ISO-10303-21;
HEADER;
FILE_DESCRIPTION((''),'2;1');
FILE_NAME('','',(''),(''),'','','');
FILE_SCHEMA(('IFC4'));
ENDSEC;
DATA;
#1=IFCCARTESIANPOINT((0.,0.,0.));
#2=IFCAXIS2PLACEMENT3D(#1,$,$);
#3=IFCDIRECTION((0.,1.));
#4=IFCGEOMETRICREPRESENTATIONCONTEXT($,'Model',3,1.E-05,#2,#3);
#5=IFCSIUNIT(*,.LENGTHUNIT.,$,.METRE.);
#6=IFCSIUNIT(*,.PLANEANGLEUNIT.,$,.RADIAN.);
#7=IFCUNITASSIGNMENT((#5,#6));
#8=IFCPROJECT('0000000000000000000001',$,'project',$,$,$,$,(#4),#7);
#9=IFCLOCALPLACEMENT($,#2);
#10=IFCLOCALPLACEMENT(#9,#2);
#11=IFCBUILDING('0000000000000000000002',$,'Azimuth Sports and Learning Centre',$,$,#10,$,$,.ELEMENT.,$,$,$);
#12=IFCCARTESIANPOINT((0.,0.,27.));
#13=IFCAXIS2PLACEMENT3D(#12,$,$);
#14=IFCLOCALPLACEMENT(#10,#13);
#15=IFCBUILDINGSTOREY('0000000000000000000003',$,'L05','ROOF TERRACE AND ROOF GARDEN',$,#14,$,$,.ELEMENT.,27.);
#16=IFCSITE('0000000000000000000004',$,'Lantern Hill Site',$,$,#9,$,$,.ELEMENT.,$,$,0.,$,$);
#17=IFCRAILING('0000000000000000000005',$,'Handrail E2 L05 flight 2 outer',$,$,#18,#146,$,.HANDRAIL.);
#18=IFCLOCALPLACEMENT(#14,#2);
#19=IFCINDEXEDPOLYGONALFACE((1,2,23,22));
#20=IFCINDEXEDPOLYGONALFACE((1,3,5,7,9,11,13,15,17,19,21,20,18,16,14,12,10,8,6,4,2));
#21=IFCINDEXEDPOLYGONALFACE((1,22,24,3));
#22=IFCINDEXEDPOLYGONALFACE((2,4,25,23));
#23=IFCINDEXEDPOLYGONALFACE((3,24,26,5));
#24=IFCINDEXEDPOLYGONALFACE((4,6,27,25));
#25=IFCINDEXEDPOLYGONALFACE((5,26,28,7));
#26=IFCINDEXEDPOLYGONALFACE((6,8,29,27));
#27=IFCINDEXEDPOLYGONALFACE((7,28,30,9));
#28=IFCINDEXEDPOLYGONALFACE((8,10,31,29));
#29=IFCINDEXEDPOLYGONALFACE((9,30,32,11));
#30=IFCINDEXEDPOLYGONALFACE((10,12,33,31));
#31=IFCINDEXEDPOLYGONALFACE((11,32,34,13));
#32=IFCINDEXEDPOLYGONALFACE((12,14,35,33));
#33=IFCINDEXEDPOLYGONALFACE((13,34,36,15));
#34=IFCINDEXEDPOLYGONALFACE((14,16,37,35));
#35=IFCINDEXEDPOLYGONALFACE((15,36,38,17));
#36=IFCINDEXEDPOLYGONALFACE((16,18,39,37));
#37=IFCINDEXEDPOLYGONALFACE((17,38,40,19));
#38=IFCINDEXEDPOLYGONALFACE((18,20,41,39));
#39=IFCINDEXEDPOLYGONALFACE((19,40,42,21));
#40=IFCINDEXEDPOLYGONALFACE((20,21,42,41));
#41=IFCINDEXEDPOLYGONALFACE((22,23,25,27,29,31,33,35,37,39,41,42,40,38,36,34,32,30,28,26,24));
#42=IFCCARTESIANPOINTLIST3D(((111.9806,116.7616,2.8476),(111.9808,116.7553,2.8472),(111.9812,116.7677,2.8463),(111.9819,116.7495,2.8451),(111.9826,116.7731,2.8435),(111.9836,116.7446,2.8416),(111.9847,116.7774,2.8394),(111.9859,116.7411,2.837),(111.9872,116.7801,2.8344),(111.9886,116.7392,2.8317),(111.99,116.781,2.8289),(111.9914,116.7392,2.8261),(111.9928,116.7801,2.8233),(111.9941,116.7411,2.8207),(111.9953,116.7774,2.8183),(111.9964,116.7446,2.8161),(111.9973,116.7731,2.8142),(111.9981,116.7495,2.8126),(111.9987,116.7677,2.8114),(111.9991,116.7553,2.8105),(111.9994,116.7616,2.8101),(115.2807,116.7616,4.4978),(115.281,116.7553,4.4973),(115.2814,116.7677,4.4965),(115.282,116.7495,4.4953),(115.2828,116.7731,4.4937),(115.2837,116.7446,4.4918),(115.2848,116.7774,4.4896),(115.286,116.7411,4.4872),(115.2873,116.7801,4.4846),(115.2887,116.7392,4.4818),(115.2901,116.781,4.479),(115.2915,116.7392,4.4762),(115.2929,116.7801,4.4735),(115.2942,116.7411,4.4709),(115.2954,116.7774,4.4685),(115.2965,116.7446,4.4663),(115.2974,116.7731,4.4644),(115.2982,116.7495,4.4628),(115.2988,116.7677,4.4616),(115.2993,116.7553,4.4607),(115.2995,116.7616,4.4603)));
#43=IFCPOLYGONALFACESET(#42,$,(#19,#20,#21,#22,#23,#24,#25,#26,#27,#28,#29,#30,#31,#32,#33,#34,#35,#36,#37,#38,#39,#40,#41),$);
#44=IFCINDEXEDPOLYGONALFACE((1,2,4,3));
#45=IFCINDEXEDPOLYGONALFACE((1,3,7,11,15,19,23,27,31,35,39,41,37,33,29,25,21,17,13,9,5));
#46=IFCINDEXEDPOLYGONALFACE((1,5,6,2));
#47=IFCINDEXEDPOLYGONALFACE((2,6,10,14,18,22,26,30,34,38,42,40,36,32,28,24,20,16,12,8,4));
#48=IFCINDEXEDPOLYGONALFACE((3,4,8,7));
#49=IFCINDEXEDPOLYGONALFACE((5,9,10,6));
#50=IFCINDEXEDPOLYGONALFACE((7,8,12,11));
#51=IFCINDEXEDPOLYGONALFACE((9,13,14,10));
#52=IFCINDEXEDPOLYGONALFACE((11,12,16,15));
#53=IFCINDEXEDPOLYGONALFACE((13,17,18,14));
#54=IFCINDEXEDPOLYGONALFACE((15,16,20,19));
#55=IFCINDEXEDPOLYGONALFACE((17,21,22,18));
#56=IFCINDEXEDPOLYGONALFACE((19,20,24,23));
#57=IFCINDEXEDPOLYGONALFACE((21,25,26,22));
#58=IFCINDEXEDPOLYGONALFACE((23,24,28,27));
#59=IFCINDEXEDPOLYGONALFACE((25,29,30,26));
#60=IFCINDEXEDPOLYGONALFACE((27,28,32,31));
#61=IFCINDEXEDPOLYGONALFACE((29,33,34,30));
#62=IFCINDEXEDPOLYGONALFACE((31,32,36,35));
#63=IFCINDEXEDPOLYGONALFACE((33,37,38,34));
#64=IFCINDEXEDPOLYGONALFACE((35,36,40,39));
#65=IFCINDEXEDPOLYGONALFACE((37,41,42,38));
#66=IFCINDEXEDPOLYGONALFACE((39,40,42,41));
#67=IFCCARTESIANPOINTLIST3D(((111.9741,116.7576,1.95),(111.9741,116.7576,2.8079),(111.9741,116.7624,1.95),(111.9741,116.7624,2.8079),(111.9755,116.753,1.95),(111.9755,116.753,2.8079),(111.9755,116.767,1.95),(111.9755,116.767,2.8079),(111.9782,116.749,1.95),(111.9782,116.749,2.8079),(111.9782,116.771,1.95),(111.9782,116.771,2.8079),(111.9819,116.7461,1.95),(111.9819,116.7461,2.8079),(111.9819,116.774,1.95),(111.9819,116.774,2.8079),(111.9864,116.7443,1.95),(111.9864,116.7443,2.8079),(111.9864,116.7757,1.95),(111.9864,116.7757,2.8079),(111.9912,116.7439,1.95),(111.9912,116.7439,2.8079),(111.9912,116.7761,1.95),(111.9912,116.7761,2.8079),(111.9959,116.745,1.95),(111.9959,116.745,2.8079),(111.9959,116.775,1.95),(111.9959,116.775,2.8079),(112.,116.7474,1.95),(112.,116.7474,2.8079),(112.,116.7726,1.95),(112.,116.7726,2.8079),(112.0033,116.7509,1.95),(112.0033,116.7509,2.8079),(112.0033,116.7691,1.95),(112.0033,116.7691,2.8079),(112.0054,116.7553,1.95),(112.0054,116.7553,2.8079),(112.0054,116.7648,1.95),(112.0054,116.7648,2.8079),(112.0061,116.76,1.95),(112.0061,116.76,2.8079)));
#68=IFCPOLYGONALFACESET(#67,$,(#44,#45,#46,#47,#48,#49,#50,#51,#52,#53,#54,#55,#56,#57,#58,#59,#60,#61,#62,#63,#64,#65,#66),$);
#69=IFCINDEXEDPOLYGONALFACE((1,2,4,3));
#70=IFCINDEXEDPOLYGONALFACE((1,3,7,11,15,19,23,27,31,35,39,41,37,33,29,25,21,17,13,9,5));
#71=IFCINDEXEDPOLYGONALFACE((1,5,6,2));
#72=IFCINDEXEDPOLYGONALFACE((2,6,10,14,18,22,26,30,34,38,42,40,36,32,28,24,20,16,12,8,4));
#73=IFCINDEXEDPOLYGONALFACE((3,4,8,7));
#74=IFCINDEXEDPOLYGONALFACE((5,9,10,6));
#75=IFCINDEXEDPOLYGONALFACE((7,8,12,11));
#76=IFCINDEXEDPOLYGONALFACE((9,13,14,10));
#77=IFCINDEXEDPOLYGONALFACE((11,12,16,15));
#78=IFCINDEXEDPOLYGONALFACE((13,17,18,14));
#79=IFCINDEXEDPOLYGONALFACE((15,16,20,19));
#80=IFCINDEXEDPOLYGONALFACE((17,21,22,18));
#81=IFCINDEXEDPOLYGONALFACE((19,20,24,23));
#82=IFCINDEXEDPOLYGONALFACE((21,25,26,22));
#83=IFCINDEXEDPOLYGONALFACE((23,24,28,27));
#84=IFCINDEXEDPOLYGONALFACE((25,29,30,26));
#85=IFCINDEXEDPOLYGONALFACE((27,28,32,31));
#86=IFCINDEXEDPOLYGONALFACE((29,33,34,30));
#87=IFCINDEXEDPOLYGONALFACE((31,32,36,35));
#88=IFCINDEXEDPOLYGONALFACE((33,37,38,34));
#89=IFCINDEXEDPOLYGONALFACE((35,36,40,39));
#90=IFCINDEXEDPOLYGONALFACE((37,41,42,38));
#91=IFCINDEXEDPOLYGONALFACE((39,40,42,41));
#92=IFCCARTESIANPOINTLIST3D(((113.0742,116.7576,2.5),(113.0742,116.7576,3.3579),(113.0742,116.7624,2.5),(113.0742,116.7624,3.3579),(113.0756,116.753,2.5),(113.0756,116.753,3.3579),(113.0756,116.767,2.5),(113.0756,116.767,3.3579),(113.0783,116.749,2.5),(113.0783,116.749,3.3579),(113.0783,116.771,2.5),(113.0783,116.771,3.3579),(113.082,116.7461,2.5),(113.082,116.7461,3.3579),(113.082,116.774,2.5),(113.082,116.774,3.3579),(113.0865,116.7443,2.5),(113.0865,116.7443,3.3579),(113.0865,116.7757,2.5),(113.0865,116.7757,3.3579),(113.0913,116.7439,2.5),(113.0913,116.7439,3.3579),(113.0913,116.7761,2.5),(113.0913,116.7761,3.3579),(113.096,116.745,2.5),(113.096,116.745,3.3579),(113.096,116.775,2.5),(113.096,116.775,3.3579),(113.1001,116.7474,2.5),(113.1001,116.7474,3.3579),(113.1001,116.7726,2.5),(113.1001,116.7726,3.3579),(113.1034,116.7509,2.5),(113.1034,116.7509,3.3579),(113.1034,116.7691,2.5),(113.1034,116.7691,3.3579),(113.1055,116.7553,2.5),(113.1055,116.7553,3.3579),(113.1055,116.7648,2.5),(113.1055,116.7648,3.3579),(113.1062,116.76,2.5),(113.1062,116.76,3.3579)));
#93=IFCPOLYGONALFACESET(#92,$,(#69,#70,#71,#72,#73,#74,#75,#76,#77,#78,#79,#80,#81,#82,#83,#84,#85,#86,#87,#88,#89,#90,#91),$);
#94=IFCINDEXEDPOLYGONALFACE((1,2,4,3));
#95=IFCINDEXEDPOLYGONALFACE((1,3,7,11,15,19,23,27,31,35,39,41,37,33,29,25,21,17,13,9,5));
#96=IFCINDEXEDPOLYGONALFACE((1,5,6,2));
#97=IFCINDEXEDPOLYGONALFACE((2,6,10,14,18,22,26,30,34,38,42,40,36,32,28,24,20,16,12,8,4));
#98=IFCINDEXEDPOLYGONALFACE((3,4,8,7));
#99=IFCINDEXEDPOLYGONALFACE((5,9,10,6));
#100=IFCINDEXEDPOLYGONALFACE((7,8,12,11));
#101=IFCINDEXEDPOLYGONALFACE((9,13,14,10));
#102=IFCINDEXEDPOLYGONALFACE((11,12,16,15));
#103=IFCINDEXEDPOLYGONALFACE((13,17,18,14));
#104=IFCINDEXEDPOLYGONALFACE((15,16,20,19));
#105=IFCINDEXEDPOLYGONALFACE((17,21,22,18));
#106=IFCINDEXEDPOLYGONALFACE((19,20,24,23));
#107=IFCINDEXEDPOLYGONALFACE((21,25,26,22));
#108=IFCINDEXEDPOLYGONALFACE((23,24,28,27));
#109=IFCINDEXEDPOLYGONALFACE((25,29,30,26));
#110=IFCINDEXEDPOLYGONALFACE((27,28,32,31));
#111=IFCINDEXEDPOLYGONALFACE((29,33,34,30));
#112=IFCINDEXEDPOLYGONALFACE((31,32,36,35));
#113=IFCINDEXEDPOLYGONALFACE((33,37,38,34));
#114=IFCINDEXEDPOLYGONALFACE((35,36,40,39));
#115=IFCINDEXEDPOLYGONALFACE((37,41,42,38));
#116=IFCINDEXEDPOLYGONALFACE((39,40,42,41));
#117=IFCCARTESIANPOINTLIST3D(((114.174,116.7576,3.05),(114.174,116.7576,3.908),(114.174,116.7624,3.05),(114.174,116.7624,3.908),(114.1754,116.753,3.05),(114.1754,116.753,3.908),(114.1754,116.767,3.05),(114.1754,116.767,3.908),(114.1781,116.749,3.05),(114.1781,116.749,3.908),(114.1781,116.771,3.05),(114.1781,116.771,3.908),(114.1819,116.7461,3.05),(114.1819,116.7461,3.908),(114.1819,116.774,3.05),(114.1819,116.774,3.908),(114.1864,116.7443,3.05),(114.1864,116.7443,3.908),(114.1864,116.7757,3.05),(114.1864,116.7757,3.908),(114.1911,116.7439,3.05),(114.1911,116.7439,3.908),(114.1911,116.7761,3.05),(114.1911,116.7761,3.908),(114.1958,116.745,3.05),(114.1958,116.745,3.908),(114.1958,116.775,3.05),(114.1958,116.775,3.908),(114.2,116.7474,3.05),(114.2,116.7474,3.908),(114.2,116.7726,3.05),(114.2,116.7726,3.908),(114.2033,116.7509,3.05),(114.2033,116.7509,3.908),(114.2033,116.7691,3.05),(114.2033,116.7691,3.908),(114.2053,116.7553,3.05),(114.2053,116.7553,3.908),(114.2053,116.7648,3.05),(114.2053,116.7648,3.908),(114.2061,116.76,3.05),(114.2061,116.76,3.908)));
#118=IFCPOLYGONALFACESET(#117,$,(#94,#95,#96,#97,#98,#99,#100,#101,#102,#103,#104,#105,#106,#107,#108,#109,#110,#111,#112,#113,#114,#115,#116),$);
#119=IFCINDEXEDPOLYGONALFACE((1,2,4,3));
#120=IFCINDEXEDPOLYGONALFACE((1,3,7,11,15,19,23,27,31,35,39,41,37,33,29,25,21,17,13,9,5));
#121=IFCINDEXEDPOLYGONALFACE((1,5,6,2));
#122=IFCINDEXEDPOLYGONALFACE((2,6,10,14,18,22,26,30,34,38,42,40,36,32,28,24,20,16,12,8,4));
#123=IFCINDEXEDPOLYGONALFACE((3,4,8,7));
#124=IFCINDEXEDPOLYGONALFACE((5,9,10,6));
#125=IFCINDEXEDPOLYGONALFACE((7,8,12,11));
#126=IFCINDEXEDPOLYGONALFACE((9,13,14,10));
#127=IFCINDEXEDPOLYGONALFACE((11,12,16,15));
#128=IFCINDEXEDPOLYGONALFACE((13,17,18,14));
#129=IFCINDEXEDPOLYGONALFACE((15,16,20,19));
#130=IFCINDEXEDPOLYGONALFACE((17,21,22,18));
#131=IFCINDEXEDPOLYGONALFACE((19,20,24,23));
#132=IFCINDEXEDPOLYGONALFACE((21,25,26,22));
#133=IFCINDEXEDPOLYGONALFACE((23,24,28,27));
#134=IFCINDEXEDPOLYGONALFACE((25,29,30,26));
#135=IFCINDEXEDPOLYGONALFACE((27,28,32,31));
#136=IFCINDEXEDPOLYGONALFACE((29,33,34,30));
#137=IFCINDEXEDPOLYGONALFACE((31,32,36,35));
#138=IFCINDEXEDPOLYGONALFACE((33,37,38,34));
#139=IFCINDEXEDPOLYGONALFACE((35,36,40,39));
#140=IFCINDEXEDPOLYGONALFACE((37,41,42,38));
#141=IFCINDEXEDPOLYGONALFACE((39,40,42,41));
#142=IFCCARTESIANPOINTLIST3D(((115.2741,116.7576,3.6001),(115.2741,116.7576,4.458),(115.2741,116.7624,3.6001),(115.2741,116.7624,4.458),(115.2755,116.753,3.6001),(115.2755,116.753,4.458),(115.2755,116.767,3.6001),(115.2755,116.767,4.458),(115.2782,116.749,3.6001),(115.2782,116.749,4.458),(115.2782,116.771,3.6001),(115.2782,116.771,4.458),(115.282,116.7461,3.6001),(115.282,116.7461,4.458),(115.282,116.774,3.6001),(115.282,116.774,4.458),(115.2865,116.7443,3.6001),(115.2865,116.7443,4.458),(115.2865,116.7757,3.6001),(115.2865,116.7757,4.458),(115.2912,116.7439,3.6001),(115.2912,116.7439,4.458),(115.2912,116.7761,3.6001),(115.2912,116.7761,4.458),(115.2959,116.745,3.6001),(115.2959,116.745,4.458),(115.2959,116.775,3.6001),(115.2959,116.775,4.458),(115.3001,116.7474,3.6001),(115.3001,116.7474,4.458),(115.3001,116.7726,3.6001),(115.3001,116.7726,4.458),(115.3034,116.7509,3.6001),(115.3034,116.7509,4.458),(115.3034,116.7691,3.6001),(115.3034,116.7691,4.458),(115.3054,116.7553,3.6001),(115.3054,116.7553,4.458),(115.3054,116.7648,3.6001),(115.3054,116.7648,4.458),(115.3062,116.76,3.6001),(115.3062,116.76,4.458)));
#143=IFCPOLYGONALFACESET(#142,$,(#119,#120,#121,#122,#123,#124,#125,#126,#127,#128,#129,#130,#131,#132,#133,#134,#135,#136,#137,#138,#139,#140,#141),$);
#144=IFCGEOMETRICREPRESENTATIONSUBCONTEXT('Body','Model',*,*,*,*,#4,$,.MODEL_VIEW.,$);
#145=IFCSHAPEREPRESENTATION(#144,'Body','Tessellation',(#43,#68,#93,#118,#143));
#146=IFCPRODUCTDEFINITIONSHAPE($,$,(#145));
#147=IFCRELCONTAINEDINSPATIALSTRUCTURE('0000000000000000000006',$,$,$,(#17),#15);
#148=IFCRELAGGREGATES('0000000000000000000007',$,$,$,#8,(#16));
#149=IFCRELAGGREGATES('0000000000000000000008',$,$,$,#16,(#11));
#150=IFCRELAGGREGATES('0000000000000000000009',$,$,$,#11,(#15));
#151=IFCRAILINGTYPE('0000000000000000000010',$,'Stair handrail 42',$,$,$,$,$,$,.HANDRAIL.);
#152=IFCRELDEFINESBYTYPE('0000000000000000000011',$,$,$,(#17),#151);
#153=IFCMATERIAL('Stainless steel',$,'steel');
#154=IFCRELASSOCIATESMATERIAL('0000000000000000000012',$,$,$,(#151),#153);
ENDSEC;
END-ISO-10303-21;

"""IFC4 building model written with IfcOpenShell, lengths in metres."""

from ifc_helpers import new_model, si_unit, direction, frame, origin, origin_2d, place, context, subcontext, project, spatial, circle, extrude, material, type_object, element, save


model = new_model("IFC4")

# Units and contexts
model_context = context("Model", 3, precision=1e-05, world=origin(), true_north=direction((0.0, 1.0)))
body_context = subcontext(model_context, "Body", "Model", "MODEL_VIEW")
ifc_project = project(units=[si_unit("LENGTHUNIT", "METRE"), si_unit("PLANEANGLEUNIT", "RADIAN")], contexts=[model_context])

# Site, building, storey
site_placement = place(None, origin())
site = spatial("IfcSite", under=ifc_project, at=site_placement, Name="Lantern Hill Site", CompositionType="ELEMENT", RefElevation=0.0)
building_placement = place(site_placement, origin())
building = spatial("IfcBuilding", under=site, at=building_placement, Name="Azimuth Sports and Learning Centre", CompositionType="ELEMENT")
storey_placement = place(building_placement, frame((0.0, 0.0, 27.0)))
storey = spatial("IfcBuildingStorey", under=building, at=storey_placement, Name="L05", Description="ROOF TERRACE AND ROOF GARDEN", CompositionType="ELEMENT", Elevation=27.0)

# Railing
ifc_material_1 = material(Name="Stainless steel", Category="steel")
railing_type_1 = type_object("IfcRailingType", Name="Stair handrail 42", PredefinedType="HANDRAIL", material=ifc_material_1)
for number, where, name in (
    (1, (111.99, 116.76, 1.95), "Handrail E2 L05 flight 2 outer"),
):
    element("IfcRailing", number, at=place(storey_placement, frame(where)), inside=storey, type_object=railing_type_1, Name=name, PredefinedType="HANDRAIL", context=body_context, shape_type="SweptSolid", body=[
        extrude(circle(Radius=0.021, at=origin_2d()), frame((0.0, 0.0, 0.8789), z_axis=(0.894414, 0.0, 0.44724), x_axis=(0.0, 1.0, 0.0)), (0.0, 0.0, 1.0), 3.6897),
        extrude(circle(Radius=0.0161, at=origin_2d()), origin(), (0.0, 0.0, 1.0), 0.8579),
        extrude(circle(Radius=0.0161, at=origin_2d()), frame((1.1001, 0.0, 0.55)), (0.0, 0.0, 1.0), 0.8579),
        extrude(circle(Radius=0.0161, at=origin_2d()), frame((2.2, 0.0, 1.1001)), (0.0, 0.0, 1.0), 0.8579),
        extrude(circle(Radius=0.0161, at=origin_2d()), frame((3.3, 0.0, 1.6501)), (0.0, 0.0, 1.0), 0.8579),
    ])

save(model, "model.ifc")
